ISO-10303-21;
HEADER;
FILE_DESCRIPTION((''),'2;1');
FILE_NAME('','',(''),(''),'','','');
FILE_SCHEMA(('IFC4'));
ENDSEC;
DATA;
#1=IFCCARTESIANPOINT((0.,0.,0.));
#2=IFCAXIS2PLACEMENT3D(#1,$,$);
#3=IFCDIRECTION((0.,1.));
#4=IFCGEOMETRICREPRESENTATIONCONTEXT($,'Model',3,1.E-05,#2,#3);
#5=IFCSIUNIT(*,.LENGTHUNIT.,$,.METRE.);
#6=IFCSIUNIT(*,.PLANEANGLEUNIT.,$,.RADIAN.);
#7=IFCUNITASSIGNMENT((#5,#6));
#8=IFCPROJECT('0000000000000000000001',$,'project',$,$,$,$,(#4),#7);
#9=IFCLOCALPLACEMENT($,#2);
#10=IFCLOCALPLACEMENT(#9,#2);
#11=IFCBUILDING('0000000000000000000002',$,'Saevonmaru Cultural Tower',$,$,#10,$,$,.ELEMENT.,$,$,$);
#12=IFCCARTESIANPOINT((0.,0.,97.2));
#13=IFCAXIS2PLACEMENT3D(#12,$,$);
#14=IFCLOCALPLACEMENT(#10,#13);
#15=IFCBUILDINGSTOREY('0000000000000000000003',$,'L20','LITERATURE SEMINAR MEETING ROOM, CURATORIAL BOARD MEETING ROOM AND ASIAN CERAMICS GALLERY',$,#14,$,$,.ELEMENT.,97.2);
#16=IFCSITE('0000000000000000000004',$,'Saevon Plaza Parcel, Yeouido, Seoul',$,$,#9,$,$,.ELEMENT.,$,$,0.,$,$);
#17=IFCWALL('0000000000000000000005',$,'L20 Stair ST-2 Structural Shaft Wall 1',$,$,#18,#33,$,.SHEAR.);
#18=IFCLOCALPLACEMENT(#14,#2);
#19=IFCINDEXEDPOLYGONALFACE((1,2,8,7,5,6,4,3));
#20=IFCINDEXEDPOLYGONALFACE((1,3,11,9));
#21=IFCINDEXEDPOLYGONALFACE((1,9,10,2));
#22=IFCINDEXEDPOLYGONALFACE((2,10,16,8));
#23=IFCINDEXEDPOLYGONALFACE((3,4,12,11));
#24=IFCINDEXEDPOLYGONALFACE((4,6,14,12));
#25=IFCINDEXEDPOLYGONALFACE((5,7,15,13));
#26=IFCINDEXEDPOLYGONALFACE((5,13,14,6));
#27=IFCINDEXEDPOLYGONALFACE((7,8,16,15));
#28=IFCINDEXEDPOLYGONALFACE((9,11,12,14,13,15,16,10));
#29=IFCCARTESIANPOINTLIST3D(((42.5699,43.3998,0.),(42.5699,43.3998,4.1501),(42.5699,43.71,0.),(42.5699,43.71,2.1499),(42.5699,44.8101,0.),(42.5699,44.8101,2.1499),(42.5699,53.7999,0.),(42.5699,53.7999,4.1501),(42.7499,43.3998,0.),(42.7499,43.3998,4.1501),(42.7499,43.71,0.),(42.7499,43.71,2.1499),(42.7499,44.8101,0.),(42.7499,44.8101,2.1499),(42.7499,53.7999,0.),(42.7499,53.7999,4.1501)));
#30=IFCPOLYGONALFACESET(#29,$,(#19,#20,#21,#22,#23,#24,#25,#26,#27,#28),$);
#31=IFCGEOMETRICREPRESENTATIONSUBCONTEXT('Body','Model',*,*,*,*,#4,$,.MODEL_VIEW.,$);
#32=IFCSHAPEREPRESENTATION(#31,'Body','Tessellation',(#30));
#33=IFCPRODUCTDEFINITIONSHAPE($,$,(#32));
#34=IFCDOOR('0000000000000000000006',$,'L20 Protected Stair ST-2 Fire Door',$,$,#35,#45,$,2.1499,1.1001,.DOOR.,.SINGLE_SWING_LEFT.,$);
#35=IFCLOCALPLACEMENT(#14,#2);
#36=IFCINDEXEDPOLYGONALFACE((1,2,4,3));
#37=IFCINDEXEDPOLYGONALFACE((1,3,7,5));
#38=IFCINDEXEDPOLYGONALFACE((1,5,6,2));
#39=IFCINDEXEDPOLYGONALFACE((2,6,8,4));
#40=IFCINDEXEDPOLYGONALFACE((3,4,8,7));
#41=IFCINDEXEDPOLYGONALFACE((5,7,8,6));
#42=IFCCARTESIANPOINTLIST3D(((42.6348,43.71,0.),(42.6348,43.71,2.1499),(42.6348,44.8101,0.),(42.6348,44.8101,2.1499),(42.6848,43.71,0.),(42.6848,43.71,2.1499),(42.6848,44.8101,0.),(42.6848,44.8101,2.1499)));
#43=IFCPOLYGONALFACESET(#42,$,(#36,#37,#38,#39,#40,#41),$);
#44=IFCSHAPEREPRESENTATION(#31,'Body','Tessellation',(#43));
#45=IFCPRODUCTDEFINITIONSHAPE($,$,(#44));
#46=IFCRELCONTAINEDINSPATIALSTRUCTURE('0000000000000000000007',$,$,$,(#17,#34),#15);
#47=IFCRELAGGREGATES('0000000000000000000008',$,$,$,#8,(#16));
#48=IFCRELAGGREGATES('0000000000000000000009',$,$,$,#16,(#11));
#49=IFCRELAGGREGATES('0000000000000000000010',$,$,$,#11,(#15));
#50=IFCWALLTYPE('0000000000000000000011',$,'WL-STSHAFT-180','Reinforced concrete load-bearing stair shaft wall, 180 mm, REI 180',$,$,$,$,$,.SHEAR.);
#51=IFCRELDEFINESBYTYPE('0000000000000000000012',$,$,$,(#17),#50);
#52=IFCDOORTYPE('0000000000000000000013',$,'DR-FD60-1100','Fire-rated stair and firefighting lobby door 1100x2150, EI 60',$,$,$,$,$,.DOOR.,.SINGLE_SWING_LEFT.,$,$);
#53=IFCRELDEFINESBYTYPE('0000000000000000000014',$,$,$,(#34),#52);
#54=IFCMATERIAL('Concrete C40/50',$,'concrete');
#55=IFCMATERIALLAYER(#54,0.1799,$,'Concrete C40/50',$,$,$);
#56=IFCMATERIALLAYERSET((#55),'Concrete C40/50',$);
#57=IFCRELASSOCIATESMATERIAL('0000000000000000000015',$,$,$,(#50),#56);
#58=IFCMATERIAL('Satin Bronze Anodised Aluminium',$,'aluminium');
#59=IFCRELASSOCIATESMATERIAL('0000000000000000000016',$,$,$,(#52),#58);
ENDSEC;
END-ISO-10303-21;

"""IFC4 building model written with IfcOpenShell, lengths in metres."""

from ifc_helpers import new_model, si_unit, direction, frame, frame_2d, origin, place, context, subcontext, project, spatial, rectangle, extrude, material, layer, layer_set, type_object, element, fill, save


model = new_model("IFC4")

# Units and contexts
model_context = context("Model", 3, precision=1e-05, world=origin(), true_north=direction((0.0, 1.0)))
body_context = subcontext(model_context, "Body", "Model", "MODEL_VIEW")
ifc_project = project(units=[si_unit("LENGTHUNIT", "METRE"), si_unit("PLANEANGLEUNIT", "RADIAN")], contexts=[model_context])

# Site, building, storey
site_placement = place(None, origin())
site = spatial("IfcSite", under=ifc_project, at=site_placement, Name="Saevon Plaza Parcel, Yeouido, Seoul", CompositionType="ELEMENT", RefElevation=0.0)
building_placement = place(site_placement, origin())
building = spatial("IfcBuilding", under=site, at=building_placement, Name="Saevonmaru Cultural Tower", CompositionType="ELEMENT")
storey_placement = place(building_placement, frame((0.0, 0.0, 97.2)))
storey = spatial("IfcBuildingStorey", under=building, at=storey_placement, Name="L20", Description="LITERATURE SEMINAR MEETING ROOM, CURATORIAL BOARD MEETING ROOM AND ASIAN CERAMICS GALLERY", CompositionType="ELEMENT", Elevation=97.2)

# Shared definitions
ifc_material_1 = material(Name="Satin Bronze Anodised Aluminium", Category="aluminium")

# Shared definitions
ifc_material_2 = material(Name="Concrete C40/50", Category="concrete")

# Wall, opening, door
ifc_layer_1 = layer(ifc_material_2, 0.1799, Name="Concrete C40/50")
ifc_layer_set_1 = layer_set([ifc_layer_1], Name="Concrete C40/50")
wall_type_1 = type_object("IfcWallType", Name="WL-STSHAFT-180", Description="Reinforced concrete load-bearing stair shaft wall, 180 mm, REI 180", PredefinedType="SHEAR", material=ifc_layer_set_1)
wall_1_placement = place(storey_placement, frame((42.6599, 53.8, 0.0), z_axis=(0.0, 0.0, 1.0), x_axis=(0.0, -1.0, 0.0)))
wall_1 = element("IfcWall", 1, at=wall_1_placement, inside=storey, type_object=wall_type_1, Name="L20 Stair ST-2 Structural Shaft Wall 1", PredefinedType="SHEAR", context=body_context, shape_type="SweptSolid", body=[
    extrude(rectangle(XDim=10.4001, YDim=0.1799, at=frame_2d((5.2002, 0.0))), origin(), (0.0, 0.0, 1.0), 4.1501),
])
opening_placement = place(wall_1_placement, frame((8.99, 0.0, 0.0)))
opening = element("IfcOpeningElement", 2, at=opening_placement, cuts=wall_1, PredefinedType="OPENING", context=body_context, shape_type="SweptSolid", body=[
    extrude(rectangle(XDim=1.1001, YDim=2.1499, at=frame_2d((0.55, 1.075))), frame((0.0, 0.1001, 0.0), z_axis=(0.0, -1.0, 0.0), x_axis=(1.0, 0.0, 0.0)), (0.0, 0.0, 1.0), 0.2),
])
door_type = type_object("IfcDoorType", Name="DR-FD60-1100", Description="Fire-rated stair and firefighting lobby door 1100x2150, EI 60", OperationType="SINGLE_SWING_LEFT", PredefinedType="DOOR", material=ifc_material_1)
door_placement = place(opening_placement, origin())
door = element("IfcDoor", 3, at=door_placement, inside=storey, type_object=door_type, Name="L20 Protected Stair ST-2 Fire Door", OperationType="SINGLE_SWING_LEFT", OverallHeight=2.1499, OverallWidth=1.1001, PredefinedType="DOOR", context=body_context, shape_type="SweptSolid", body=[
    extrude(rectangle(XDim=1.1001, YDim=2.1499, at=frame_2d((0.55, 1.075))), frame((0.0, 0.0249, 0.0), z_axis=(0.0, -1.0, 0.0), x_axis=(1.0, 0.0, 0.0)), (0.0, 0.0, 1.0), 0.05),
])
fill(opening, door)

save(model, "model.ifc")
